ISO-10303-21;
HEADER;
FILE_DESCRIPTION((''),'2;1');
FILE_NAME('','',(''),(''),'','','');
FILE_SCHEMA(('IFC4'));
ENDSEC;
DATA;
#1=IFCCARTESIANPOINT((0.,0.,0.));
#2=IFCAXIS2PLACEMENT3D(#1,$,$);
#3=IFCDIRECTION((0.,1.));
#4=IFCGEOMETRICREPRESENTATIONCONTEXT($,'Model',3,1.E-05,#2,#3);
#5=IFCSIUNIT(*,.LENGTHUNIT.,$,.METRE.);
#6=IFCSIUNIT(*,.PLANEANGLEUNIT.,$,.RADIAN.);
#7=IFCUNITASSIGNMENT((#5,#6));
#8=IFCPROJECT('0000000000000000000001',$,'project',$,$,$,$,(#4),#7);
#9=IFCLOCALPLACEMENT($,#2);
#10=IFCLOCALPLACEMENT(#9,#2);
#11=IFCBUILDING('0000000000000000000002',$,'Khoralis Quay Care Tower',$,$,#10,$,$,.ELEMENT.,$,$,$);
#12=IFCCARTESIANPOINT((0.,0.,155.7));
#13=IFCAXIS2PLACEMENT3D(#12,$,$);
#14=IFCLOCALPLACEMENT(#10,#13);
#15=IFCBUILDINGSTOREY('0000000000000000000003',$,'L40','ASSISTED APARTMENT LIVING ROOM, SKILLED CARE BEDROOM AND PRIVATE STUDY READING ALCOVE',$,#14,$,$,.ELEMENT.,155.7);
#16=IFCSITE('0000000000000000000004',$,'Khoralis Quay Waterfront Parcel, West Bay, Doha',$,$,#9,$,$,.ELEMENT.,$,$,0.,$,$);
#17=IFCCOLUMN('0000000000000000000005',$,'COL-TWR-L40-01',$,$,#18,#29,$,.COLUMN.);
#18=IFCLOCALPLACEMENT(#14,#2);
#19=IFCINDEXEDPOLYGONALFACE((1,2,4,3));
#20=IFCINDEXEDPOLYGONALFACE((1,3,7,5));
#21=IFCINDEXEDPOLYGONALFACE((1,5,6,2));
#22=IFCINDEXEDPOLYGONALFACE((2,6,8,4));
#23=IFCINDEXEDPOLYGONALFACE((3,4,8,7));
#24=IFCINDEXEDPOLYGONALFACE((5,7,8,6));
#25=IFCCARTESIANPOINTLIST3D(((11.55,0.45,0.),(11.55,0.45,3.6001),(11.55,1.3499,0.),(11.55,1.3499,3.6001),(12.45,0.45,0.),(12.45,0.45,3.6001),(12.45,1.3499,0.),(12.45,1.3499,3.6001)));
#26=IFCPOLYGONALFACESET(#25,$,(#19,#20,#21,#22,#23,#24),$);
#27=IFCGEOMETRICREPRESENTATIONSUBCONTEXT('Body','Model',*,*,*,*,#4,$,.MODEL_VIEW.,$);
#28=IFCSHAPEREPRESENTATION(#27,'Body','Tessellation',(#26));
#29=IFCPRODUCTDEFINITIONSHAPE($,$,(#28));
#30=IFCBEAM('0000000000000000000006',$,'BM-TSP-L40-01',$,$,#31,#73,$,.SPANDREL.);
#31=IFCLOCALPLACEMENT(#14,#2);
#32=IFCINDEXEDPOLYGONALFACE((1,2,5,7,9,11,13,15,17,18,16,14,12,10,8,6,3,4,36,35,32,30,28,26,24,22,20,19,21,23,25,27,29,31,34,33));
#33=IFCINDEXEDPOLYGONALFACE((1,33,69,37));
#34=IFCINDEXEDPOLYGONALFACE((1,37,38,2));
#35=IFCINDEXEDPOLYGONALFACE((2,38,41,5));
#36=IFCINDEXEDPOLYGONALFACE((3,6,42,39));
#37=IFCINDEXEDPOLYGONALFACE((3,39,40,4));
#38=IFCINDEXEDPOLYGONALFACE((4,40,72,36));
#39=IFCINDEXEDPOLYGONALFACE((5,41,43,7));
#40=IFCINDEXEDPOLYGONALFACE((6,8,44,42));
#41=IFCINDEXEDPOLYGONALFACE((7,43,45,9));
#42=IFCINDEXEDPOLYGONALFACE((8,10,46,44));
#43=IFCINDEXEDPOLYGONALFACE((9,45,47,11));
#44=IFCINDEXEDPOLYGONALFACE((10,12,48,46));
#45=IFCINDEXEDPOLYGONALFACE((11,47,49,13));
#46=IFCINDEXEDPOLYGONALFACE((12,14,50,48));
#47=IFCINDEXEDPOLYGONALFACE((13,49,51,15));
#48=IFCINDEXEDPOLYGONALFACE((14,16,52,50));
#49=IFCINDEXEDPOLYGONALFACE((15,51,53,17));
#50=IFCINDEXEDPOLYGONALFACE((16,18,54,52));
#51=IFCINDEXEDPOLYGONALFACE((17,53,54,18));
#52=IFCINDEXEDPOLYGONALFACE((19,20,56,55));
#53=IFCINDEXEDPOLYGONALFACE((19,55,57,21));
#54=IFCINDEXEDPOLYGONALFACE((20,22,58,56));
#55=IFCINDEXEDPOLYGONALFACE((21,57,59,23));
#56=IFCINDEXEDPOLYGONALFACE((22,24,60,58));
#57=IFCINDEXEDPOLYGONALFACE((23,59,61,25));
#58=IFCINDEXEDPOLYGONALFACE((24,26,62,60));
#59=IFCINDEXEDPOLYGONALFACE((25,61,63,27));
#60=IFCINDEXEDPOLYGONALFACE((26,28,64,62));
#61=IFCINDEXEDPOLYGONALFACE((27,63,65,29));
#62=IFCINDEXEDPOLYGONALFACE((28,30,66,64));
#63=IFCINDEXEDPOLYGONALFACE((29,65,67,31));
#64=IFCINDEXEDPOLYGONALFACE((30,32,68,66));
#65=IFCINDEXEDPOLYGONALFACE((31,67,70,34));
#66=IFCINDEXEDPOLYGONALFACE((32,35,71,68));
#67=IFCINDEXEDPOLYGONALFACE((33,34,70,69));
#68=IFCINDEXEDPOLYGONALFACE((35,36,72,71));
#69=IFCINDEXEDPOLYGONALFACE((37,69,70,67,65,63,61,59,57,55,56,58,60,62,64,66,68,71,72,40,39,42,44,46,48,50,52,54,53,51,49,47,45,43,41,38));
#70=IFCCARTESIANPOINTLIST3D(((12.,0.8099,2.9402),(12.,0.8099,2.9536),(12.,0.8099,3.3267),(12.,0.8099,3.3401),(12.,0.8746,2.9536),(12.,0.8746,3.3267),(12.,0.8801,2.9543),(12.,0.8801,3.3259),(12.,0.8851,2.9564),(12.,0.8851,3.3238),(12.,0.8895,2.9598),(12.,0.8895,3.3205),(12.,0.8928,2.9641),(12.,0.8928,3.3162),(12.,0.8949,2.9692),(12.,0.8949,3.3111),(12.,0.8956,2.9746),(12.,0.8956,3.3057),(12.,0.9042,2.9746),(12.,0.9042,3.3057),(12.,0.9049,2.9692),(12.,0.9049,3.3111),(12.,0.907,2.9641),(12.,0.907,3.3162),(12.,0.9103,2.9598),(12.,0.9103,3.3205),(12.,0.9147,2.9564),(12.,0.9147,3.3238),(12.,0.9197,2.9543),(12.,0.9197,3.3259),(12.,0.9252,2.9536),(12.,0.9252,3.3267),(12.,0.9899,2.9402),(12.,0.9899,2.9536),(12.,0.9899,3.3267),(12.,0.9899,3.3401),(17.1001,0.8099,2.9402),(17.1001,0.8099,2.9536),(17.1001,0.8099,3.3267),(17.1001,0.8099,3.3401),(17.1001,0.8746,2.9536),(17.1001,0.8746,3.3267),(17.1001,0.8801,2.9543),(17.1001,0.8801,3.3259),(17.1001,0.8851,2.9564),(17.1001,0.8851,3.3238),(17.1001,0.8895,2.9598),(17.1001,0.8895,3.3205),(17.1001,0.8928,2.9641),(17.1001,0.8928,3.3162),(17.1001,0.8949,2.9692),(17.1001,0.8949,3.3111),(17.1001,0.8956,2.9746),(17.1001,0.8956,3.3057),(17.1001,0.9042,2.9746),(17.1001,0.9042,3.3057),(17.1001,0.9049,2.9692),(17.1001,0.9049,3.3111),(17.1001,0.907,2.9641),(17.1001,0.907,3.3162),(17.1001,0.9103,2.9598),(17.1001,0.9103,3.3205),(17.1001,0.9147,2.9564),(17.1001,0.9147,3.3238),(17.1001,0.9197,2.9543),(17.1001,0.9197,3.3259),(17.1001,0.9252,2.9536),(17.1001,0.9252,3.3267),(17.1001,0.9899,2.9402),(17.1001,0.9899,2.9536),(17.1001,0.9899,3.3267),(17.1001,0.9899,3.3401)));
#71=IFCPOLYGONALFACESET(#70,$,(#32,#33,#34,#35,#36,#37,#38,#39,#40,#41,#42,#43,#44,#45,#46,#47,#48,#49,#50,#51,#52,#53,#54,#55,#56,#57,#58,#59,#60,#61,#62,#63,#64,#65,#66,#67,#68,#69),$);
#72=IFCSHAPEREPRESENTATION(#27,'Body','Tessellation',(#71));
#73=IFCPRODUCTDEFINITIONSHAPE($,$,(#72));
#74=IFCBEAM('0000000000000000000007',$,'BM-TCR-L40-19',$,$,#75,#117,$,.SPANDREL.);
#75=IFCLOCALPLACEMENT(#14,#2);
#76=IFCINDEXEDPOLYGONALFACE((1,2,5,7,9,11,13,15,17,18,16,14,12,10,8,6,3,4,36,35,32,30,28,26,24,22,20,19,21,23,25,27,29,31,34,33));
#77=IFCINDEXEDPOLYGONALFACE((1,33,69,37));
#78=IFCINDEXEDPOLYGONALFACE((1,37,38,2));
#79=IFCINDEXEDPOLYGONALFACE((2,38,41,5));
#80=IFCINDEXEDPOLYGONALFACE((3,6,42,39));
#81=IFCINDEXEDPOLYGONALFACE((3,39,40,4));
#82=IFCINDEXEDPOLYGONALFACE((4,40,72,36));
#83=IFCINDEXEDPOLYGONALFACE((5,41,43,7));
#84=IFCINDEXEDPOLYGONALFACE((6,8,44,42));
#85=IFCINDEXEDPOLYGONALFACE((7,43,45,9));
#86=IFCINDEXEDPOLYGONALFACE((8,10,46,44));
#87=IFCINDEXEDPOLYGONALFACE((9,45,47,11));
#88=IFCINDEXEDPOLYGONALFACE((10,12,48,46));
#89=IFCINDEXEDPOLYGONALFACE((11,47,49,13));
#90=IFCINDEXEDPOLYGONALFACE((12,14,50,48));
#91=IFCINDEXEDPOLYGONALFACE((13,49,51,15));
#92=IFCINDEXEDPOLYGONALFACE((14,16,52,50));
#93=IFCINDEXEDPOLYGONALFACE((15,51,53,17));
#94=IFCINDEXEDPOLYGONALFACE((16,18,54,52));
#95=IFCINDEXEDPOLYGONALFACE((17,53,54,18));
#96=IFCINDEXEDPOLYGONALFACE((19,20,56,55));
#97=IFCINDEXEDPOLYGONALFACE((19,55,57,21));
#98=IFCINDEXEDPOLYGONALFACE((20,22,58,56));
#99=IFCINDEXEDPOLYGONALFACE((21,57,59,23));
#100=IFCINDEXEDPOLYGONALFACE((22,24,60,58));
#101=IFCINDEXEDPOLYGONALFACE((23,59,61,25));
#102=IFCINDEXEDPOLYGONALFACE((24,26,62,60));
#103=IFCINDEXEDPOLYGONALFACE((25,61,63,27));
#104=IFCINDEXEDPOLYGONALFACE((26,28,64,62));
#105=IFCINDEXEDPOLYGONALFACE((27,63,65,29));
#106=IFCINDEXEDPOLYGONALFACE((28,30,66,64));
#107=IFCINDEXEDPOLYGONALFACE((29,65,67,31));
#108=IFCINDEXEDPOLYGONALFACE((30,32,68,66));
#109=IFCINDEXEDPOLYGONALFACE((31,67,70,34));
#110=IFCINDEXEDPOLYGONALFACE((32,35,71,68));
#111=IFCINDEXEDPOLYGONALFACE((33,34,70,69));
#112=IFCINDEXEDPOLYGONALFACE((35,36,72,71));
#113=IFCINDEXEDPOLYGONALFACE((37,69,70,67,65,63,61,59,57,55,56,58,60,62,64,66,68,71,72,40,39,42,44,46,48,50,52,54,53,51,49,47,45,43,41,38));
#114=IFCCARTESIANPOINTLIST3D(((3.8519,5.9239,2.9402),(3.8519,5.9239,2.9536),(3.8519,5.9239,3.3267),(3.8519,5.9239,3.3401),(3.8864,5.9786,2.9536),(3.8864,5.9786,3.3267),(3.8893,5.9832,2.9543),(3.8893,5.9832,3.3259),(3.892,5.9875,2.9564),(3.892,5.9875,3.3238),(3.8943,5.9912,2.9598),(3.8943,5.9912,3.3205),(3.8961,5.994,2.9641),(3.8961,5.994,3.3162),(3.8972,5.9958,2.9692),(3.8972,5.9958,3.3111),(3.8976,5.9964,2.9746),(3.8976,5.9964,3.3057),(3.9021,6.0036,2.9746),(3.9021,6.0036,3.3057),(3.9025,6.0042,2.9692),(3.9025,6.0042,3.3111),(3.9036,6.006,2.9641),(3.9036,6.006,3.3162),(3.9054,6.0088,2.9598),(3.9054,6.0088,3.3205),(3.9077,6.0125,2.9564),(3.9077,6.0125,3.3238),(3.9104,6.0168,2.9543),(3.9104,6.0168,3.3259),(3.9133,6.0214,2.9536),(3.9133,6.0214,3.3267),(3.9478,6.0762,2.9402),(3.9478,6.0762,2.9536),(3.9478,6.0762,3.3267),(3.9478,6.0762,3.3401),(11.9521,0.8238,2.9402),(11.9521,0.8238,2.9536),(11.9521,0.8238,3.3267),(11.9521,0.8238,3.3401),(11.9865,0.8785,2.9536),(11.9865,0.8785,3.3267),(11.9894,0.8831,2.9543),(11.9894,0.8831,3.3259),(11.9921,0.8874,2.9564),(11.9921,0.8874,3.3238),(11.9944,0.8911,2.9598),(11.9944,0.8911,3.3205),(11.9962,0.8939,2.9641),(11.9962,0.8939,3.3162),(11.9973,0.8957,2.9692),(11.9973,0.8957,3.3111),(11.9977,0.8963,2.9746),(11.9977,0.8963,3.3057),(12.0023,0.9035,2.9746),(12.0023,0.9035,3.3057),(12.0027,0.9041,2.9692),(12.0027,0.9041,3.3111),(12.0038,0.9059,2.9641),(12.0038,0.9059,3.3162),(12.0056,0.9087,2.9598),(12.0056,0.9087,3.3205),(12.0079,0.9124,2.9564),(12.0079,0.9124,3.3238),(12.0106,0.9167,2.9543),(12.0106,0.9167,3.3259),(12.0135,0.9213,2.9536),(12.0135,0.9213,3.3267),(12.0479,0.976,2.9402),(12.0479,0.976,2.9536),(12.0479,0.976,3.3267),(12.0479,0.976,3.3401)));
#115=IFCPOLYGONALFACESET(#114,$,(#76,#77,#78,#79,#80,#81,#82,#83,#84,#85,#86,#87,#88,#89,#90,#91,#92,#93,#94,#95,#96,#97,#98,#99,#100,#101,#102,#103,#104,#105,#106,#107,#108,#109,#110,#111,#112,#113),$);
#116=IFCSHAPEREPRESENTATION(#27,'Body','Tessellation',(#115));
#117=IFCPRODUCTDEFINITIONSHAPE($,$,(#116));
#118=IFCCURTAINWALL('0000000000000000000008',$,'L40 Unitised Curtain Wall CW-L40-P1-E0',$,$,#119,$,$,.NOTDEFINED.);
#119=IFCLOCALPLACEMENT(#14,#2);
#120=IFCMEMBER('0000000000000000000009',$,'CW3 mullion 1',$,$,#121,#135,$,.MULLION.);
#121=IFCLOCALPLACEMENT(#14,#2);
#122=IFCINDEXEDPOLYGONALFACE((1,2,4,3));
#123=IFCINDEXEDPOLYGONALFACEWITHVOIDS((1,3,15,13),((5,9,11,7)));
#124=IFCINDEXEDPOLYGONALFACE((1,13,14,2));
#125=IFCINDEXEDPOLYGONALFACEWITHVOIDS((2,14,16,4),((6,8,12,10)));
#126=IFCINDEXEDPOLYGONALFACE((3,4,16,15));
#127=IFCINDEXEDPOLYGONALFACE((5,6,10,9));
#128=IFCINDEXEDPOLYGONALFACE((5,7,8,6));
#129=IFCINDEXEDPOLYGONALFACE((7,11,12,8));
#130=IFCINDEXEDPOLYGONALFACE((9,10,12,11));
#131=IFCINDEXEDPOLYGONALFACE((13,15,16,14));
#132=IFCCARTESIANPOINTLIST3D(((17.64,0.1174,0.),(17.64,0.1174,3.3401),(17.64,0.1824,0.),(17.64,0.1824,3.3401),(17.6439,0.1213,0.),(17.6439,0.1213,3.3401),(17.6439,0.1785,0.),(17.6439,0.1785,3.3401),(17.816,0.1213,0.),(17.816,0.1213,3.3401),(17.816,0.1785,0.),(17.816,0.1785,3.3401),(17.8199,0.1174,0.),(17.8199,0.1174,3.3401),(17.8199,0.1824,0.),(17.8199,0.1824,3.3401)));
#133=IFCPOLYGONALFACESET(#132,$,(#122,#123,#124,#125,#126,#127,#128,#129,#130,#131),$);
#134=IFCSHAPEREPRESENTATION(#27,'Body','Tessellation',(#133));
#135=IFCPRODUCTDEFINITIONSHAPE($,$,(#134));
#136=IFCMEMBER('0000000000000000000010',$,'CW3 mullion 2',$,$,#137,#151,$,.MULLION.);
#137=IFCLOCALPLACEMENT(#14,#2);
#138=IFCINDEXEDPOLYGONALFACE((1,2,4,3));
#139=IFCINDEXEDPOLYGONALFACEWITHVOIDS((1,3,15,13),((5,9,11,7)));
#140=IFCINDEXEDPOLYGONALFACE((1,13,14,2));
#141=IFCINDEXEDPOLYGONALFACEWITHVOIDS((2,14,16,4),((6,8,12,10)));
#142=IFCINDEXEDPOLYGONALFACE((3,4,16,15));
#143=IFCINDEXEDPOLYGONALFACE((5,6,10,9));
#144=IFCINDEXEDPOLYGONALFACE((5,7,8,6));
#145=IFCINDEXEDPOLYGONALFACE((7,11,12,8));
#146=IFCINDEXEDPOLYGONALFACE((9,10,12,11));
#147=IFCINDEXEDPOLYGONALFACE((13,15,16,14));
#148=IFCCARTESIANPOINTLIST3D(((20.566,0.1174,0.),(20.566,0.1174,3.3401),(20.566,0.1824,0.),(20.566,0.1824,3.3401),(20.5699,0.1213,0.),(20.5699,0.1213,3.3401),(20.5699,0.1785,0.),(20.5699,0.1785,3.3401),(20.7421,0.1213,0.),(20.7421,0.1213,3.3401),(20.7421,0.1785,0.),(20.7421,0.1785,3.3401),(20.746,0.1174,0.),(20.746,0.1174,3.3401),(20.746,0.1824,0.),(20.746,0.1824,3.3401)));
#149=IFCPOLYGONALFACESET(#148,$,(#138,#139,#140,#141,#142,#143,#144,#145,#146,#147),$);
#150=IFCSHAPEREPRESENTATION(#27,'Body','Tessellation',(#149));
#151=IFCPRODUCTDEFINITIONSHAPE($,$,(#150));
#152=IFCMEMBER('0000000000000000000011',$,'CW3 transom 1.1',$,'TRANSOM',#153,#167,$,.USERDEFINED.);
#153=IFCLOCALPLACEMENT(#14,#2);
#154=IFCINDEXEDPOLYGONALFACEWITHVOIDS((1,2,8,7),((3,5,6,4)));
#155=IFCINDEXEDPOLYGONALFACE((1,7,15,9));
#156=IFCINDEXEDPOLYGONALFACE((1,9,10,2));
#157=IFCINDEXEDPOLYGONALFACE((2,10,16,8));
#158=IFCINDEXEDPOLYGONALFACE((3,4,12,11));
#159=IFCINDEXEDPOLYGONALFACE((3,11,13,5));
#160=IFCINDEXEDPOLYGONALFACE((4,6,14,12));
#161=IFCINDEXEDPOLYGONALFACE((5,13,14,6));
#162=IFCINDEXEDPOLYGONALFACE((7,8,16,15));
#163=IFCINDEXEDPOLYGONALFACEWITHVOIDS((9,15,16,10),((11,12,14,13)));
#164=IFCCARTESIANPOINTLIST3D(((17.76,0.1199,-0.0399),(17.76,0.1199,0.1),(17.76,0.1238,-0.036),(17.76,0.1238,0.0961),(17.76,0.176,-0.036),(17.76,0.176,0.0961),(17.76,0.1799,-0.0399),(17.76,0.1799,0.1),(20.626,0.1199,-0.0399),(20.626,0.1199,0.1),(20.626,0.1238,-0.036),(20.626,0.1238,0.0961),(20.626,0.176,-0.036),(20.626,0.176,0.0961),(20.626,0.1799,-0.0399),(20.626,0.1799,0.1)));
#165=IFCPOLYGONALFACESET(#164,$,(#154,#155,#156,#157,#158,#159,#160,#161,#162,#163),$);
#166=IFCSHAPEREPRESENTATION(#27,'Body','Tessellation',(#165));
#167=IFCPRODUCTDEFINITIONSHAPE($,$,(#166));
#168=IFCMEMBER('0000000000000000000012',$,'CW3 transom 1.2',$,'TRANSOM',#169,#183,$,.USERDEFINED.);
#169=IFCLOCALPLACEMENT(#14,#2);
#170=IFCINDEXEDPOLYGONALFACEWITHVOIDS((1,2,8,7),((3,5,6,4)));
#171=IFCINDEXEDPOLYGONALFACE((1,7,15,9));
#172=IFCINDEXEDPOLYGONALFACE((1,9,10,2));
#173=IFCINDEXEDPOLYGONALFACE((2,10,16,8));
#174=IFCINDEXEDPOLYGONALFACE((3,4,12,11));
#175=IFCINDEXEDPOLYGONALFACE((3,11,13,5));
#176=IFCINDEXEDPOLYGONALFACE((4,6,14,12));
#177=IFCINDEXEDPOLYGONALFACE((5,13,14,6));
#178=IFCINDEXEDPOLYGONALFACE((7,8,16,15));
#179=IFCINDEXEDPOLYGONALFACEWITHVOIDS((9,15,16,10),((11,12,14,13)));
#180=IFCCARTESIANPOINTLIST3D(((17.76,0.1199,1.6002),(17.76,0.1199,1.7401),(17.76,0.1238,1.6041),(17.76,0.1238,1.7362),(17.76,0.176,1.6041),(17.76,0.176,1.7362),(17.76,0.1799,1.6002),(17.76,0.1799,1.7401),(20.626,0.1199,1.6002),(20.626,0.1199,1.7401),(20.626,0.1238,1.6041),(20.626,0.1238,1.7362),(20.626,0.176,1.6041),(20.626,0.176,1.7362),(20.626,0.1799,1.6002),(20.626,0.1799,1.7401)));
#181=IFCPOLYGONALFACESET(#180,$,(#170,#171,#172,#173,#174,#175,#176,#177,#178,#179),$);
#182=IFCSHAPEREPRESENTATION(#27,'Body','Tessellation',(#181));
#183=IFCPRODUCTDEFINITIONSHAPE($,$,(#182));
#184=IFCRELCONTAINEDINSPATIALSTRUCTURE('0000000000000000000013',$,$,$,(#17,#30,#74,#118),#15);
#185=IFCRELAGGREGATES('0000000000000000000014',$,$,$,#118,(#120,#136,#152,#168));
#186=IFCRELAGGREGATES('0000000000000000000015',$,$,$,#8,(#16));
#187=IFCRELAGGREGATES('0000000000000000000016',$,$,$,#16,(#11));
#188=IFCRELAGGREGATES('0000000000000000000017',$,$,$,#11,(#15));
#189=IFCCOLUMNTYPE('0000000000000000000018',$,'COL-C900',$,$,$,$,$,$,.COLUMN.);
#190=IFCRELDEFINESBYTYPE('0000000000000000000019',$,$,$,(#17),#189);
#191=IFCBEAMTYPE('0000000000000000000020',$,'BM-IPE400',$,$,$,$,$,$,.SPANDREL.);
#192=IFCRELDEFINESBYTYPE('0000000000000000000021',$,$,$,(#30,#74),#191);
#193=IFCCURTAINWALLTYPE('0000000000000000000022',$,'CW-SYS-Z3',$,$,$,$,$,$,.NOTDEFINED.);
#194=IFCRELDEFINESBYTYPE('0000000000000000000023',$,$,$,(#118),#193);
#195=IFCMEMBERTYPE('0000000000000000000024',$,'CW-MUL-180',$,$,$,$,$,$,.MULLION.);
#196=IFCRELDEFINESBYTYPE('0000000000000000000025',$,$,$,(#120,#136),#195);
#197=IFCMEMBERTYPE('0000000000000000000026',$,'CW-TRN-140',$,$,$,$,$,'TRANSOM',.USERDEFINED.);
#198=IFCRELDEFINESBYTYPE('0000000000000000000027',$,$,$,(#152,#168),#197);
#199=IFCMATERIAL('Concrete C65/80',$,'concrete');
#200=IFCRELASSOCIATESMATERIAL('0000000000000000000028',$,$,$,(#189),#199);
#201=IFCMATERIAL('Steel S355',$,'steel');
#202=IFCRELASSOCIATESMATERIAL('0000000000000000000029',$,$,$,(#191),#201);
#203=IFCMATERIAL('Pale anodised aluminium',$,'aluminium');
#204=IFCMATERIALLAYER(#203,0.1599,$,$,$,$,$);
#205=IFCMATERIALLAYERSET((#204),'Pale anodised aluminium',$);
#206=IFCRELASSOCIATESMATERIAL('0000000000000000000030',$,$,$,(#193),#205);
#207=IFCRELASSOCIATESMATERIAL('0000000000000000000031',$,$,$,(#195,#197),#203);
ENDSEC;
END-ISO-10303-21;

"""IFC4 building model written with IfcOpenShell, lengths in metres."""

from ifc_helpers import new_model, si_unit, direction, frame, origin, origin_2d, place, context, subcontext, project, spatial, rectangle, hollow_rectangle, i_section, extrude, source, transform, mapped, material, layer, layer_set, material_profile, profile_set, type_object, element, aggregate, save


model = new_model("IFC4")

# Units and contexts
model_context = context("Model", 3, precision=1e-05, world=origin(), true_north=direction((0.0, 1.0)))
body_context = subcontext(model_context, "Body", "Model", "MODEL_VIEW")
ifc_project = project(units=[si_unit("LENGTHUNIT", "METRE"), si_unit("PLANEANGLEUNIT", "RADIAN")], contexts=[model_context])

# Site, building, storey
site_placement = place(None, origin())
site = spatial("IfcSite", under=ifc_project, at=site_placement, Name="Khoralis Quay Waterfront Parcel, West Bay, Doha", CompositionType="ELEMENT", RefElevation=0.0)
building_placement = place(site_placement, origin())
building = spatial("IfcBuilding", under=site, at=building_placement, Name="Khoralis Quay Care Tower", CompositionType="ELEMENT")
storey_placement = place(building_placement, frame((0.0, 0.0, 155.7)))
storey = spatial("IfcBuildingStorey", under=building, at=storey_placement, Name="L40", Description="ASSISTED APARTMENT LIVING ROOM, SKILLED CARE BEDROOM AND PRIVATE STUDY READING ALCOVE", CompositionType="ELEMENT", Elevation=155.7)

# Column
ifc_material_1 = material(Name="Concrete C65/80", Category="concrete")
ifc_material_profile_1 = material_profile(ifc_material_1, rectangle(XDim=0.8999, YDim=0.8999, at=origin_2d()), Name="Concrete C65/80")
ifc_profile_set_1 = profile_set([ifc_material_profile_1], Name="Concrete C65/80")
column_type = type_object("IfcColumnType", Name="COL-C900", PredefinedType="COLUMN", material=ifc_profile_set_1)
shared_shape_1 = source(origin(), body_context, "Body", "SweptSolid", [
    extrude(rectangle(XDim=0.8999, YDim=0.8999, at=origin_2d()), origin(), (0.0, 0.0, 1.0), 3.6001),
])
column_placement = place(storey_placement, frame((12.0, 0.8999, 0.0), z_axis=(0.0, 0.0, 1.0), x_axis=(1.0, 0.0, 0.0)))
element("IfcColumn", 1, at=column_placement, inside=storey, type_object=column_type, Name="COL-TWR-L40-01", PredefinedType="COLUMN", context=body_context, shape_type="MappedRepresentation", body=[
    mapped(shared_shape_1, transform((0.0, 0.0, 0.0), scale=1.0)),
])

# Beams
ifc_material_2 = material(Name="Steel S355", Category="steel")
ifc_material_profile_2 = material_profile(ifc_material_2, i_section(OverallWidth=0.1799, OverallDepth=0.3999, WebThickness=0.0085, FlangeThickness=0.0134, FilletRadius=0.021, at=origin_2d()), Name="Steel S355")
ifc_profile_set_2 = profile_set([ifc_material_profile_2], Name="Steel S355")
beam_type = type_object("IfcBeamType", Name="BM-IPE400", PredefinedType="SPANDREL", material=ifc_profile_set_2)
shared_shape_2 = source(origin(), body_context, "Body", "SweptSolid", [
    extrude(i_section(OverallWidth=0.1799, OverallDepth=0.3999, WebThickness=0.0085, FlangeThickness=0.0134, FilletRadius=0.021, at=origin_2d()), origin(), (0.0, 0.0, 1.0), 5.1001),
])
beam_1_placement = place(storey_placement, frame((12.0, 0.8999, 3.1401), z_axis=(1.0, 0.0, 0.0), x_axis=(0.0, 1.0, 0.0)))
element("IfcBeam", 2, at=beam_1_placement, inside=storey, type_object=beam_type, Name="BM-TSP-L40-01", PredefinedType="SPANDREL", context=body_context, shape_type="MappedRepresentation", body=[
    mapped(shared_shape_2, transform((0.0, 0.0, 0.0), scale=1.0)),
])
shared_shape_3 = source(origin(), body_context, "Body", "SweptSolid", [
    extrude(i_section(OverallWidth=0.1799, OverallDepth=0.3999, WebThickness=0.0085, FlangeThickness=0.0134, FilletRadius=0.021, at=origin_2d()), origin(), (0.0, 0.0, 1.0), 9.572),
])
beam_2_placement = place(storey_placement, frame((12.0, 0.8999, 3.1401), z_axis=(-0.846231, 0.532816, 0.0), x_axis=(-0.532816, -0.846231, 0.0)))
element("IfcBeam", 3, at=beam_2_placement, inside=storey, type_object=beam_type, Name="BM-TCR-L40-19", PredefinedType="SPANDREL", context=body_context, shape_type="MappedRepresentation", body=[
    mapped(shared_shape_3, transform((0.0, 0.0, 0.0), scale=1.0)),
])

# Curtain wall, members
ifc_material_3 = material(Name="Pale anodised aluminium", Category="aluminium")
ifc_layer_1 = layer(ifc_material_3, 0.1599)
ifc_layer_set_1 = layer_set([ifc_layer_1], Name="Pale anodised aluminium")
curtain_wall_type = type_object("IfcCurtainWallType", Name="CW-SYS-Z3", PredefinedType="NOTDEFINED", material=ifc_layer_set_1)
curtain_wall_placement = place(storey_placement, origin())
curtain_wall = element("IfcCurtainWall", 4, at=curtain_wall_placement, inside=storey, type_object=curtain_wall_type, Name="L40 Unitised Curtain Wall CW-L40-P1-E0", PredefinedType="NOTDEFINED")
ifc_material_profile_3 = material_profile(ifc_material_3, hollow_rectangle(XDim=0.0649, YDim=0.1799, WallThickness=0.0039, at=origin_2d()), Name="Pale anodised aluminium")
ifc_profile_set_3 = profile_set([ifc_material_profile_3], Name="Pale anodised aluminium")
member_type_1 = type_object("IfcMemberType", Name="CW-MUL-180", PredefinedType="MULLION", material=ifc_profile_set_3)
shared_shape_4 = source(origin(), body_context, "Body", "SweptSolid", [
    extrude(hollow_rectangle(XDim=0.0649, YDim=0.1799, WallThickness=0.0039, at=origin_2d()), origin(), (0.0, 0.0, 1.0), 3.3401),
])
member_1_placement = place(storey_placement, frame((17.73, 0.1499, 0.0), z_axis=(0.0, 0.0, 1.0), x_axis=(0.0, 1.0, 0.0)))
member_1 = element("IfcMember", 5, at=member_1_placement, type_object=member_type_1, Name="CW3 mullion 1", PredefinedType="MULLION", context=body_context, shape_type="MappedRepresentation", body=[
    mapped(shared_shape_4, transform((0.0, 0.0, 0.0), scale=1.0)),
])
member_2_placement = place(storey_placement, frame((20.656, 0.1499, 0.0), z_axis=(0.0, 0.0, 1.0), x_axis=(0.0, 1.0, 0.0)))
member_2 = element("IfcMember", 6, at=member_2_placement, type_object=member_type_1, Name="CW3 mullion 2", PredefinedType="MULLION", context=body_context, shape_type="MappedRepresentation", body=[
    mapped(shared_shape_4, transform((0.0, 0.0, 0.0), scale=1.0)),
])
ifc_material_profile_4 = material_profile(ifc_material_3, hollow_rectangle(XDim=0.0601, YDim=0.1399, WallThickness=0.0039, at=origin_2d()), Name="Pale anodised aluminium")
ifc_profile_set_4 = profile_set([ifc_material_profile_4], Name="Pale anodised aluminium")
member_type_2 = type_object("IfcMemberType", Name="CW-TRN-140", ElementType="TRANSOM", PredefinedType="USERDEFINED", material=ifc_profile_set_4)
shared_shape_5 = source(origin(), body_context, "Body", "SweptSolid", [
    extrude(hollow_rectangle(XDim=0.0601, YDim=0.1399, WallThickness=0.0039, at=origin_2d()), origin(), (0.0, 0.0, 1.0), 2.866),
])
member_3_placement = place(storey_placement, frame((17.76, 0.1499, 0.03), z_axis=(1.0, 0.0, 0.0), x_axis=(0.0, 1.0, 0.0)))
member_3 = element("IfcMember", 7, at=member_3_placement, type_object=member_type_2, Name="CW3 transom 1.1", ObjectType="TRANSOM", PredefinedType="USERDEFINED", context=body_context, shape_type="MappedRepresentation", body=[
    mapped(shared_shape_5, transform((0.0, 0.0, 0.0), scale=1.0)),
])
member_4_placement = place(storey_placement, frame((17.76, 0.1499, 1.6702), z_axis=(1.0, 0.0, 0.0), x_axis=(0.0, 1.0, 0.0)))
member_4 = element("IfcMember", 8, at=member_4_placement, type_object=member_type_2, Name="CW3 transom 1.2", ObjectType="TRANSOM", PredefinedType="USERDEFINED", context=body_context, shape_type="MappedRepresentation", body=[
    mapped(shared_shape_5, transform((0.0, 0.0, 0.0), scale=1.0)),
])
aggregate(curtain_wall, [member_1, member_2, member_3, member_4])

save(model, "model.ifc")
